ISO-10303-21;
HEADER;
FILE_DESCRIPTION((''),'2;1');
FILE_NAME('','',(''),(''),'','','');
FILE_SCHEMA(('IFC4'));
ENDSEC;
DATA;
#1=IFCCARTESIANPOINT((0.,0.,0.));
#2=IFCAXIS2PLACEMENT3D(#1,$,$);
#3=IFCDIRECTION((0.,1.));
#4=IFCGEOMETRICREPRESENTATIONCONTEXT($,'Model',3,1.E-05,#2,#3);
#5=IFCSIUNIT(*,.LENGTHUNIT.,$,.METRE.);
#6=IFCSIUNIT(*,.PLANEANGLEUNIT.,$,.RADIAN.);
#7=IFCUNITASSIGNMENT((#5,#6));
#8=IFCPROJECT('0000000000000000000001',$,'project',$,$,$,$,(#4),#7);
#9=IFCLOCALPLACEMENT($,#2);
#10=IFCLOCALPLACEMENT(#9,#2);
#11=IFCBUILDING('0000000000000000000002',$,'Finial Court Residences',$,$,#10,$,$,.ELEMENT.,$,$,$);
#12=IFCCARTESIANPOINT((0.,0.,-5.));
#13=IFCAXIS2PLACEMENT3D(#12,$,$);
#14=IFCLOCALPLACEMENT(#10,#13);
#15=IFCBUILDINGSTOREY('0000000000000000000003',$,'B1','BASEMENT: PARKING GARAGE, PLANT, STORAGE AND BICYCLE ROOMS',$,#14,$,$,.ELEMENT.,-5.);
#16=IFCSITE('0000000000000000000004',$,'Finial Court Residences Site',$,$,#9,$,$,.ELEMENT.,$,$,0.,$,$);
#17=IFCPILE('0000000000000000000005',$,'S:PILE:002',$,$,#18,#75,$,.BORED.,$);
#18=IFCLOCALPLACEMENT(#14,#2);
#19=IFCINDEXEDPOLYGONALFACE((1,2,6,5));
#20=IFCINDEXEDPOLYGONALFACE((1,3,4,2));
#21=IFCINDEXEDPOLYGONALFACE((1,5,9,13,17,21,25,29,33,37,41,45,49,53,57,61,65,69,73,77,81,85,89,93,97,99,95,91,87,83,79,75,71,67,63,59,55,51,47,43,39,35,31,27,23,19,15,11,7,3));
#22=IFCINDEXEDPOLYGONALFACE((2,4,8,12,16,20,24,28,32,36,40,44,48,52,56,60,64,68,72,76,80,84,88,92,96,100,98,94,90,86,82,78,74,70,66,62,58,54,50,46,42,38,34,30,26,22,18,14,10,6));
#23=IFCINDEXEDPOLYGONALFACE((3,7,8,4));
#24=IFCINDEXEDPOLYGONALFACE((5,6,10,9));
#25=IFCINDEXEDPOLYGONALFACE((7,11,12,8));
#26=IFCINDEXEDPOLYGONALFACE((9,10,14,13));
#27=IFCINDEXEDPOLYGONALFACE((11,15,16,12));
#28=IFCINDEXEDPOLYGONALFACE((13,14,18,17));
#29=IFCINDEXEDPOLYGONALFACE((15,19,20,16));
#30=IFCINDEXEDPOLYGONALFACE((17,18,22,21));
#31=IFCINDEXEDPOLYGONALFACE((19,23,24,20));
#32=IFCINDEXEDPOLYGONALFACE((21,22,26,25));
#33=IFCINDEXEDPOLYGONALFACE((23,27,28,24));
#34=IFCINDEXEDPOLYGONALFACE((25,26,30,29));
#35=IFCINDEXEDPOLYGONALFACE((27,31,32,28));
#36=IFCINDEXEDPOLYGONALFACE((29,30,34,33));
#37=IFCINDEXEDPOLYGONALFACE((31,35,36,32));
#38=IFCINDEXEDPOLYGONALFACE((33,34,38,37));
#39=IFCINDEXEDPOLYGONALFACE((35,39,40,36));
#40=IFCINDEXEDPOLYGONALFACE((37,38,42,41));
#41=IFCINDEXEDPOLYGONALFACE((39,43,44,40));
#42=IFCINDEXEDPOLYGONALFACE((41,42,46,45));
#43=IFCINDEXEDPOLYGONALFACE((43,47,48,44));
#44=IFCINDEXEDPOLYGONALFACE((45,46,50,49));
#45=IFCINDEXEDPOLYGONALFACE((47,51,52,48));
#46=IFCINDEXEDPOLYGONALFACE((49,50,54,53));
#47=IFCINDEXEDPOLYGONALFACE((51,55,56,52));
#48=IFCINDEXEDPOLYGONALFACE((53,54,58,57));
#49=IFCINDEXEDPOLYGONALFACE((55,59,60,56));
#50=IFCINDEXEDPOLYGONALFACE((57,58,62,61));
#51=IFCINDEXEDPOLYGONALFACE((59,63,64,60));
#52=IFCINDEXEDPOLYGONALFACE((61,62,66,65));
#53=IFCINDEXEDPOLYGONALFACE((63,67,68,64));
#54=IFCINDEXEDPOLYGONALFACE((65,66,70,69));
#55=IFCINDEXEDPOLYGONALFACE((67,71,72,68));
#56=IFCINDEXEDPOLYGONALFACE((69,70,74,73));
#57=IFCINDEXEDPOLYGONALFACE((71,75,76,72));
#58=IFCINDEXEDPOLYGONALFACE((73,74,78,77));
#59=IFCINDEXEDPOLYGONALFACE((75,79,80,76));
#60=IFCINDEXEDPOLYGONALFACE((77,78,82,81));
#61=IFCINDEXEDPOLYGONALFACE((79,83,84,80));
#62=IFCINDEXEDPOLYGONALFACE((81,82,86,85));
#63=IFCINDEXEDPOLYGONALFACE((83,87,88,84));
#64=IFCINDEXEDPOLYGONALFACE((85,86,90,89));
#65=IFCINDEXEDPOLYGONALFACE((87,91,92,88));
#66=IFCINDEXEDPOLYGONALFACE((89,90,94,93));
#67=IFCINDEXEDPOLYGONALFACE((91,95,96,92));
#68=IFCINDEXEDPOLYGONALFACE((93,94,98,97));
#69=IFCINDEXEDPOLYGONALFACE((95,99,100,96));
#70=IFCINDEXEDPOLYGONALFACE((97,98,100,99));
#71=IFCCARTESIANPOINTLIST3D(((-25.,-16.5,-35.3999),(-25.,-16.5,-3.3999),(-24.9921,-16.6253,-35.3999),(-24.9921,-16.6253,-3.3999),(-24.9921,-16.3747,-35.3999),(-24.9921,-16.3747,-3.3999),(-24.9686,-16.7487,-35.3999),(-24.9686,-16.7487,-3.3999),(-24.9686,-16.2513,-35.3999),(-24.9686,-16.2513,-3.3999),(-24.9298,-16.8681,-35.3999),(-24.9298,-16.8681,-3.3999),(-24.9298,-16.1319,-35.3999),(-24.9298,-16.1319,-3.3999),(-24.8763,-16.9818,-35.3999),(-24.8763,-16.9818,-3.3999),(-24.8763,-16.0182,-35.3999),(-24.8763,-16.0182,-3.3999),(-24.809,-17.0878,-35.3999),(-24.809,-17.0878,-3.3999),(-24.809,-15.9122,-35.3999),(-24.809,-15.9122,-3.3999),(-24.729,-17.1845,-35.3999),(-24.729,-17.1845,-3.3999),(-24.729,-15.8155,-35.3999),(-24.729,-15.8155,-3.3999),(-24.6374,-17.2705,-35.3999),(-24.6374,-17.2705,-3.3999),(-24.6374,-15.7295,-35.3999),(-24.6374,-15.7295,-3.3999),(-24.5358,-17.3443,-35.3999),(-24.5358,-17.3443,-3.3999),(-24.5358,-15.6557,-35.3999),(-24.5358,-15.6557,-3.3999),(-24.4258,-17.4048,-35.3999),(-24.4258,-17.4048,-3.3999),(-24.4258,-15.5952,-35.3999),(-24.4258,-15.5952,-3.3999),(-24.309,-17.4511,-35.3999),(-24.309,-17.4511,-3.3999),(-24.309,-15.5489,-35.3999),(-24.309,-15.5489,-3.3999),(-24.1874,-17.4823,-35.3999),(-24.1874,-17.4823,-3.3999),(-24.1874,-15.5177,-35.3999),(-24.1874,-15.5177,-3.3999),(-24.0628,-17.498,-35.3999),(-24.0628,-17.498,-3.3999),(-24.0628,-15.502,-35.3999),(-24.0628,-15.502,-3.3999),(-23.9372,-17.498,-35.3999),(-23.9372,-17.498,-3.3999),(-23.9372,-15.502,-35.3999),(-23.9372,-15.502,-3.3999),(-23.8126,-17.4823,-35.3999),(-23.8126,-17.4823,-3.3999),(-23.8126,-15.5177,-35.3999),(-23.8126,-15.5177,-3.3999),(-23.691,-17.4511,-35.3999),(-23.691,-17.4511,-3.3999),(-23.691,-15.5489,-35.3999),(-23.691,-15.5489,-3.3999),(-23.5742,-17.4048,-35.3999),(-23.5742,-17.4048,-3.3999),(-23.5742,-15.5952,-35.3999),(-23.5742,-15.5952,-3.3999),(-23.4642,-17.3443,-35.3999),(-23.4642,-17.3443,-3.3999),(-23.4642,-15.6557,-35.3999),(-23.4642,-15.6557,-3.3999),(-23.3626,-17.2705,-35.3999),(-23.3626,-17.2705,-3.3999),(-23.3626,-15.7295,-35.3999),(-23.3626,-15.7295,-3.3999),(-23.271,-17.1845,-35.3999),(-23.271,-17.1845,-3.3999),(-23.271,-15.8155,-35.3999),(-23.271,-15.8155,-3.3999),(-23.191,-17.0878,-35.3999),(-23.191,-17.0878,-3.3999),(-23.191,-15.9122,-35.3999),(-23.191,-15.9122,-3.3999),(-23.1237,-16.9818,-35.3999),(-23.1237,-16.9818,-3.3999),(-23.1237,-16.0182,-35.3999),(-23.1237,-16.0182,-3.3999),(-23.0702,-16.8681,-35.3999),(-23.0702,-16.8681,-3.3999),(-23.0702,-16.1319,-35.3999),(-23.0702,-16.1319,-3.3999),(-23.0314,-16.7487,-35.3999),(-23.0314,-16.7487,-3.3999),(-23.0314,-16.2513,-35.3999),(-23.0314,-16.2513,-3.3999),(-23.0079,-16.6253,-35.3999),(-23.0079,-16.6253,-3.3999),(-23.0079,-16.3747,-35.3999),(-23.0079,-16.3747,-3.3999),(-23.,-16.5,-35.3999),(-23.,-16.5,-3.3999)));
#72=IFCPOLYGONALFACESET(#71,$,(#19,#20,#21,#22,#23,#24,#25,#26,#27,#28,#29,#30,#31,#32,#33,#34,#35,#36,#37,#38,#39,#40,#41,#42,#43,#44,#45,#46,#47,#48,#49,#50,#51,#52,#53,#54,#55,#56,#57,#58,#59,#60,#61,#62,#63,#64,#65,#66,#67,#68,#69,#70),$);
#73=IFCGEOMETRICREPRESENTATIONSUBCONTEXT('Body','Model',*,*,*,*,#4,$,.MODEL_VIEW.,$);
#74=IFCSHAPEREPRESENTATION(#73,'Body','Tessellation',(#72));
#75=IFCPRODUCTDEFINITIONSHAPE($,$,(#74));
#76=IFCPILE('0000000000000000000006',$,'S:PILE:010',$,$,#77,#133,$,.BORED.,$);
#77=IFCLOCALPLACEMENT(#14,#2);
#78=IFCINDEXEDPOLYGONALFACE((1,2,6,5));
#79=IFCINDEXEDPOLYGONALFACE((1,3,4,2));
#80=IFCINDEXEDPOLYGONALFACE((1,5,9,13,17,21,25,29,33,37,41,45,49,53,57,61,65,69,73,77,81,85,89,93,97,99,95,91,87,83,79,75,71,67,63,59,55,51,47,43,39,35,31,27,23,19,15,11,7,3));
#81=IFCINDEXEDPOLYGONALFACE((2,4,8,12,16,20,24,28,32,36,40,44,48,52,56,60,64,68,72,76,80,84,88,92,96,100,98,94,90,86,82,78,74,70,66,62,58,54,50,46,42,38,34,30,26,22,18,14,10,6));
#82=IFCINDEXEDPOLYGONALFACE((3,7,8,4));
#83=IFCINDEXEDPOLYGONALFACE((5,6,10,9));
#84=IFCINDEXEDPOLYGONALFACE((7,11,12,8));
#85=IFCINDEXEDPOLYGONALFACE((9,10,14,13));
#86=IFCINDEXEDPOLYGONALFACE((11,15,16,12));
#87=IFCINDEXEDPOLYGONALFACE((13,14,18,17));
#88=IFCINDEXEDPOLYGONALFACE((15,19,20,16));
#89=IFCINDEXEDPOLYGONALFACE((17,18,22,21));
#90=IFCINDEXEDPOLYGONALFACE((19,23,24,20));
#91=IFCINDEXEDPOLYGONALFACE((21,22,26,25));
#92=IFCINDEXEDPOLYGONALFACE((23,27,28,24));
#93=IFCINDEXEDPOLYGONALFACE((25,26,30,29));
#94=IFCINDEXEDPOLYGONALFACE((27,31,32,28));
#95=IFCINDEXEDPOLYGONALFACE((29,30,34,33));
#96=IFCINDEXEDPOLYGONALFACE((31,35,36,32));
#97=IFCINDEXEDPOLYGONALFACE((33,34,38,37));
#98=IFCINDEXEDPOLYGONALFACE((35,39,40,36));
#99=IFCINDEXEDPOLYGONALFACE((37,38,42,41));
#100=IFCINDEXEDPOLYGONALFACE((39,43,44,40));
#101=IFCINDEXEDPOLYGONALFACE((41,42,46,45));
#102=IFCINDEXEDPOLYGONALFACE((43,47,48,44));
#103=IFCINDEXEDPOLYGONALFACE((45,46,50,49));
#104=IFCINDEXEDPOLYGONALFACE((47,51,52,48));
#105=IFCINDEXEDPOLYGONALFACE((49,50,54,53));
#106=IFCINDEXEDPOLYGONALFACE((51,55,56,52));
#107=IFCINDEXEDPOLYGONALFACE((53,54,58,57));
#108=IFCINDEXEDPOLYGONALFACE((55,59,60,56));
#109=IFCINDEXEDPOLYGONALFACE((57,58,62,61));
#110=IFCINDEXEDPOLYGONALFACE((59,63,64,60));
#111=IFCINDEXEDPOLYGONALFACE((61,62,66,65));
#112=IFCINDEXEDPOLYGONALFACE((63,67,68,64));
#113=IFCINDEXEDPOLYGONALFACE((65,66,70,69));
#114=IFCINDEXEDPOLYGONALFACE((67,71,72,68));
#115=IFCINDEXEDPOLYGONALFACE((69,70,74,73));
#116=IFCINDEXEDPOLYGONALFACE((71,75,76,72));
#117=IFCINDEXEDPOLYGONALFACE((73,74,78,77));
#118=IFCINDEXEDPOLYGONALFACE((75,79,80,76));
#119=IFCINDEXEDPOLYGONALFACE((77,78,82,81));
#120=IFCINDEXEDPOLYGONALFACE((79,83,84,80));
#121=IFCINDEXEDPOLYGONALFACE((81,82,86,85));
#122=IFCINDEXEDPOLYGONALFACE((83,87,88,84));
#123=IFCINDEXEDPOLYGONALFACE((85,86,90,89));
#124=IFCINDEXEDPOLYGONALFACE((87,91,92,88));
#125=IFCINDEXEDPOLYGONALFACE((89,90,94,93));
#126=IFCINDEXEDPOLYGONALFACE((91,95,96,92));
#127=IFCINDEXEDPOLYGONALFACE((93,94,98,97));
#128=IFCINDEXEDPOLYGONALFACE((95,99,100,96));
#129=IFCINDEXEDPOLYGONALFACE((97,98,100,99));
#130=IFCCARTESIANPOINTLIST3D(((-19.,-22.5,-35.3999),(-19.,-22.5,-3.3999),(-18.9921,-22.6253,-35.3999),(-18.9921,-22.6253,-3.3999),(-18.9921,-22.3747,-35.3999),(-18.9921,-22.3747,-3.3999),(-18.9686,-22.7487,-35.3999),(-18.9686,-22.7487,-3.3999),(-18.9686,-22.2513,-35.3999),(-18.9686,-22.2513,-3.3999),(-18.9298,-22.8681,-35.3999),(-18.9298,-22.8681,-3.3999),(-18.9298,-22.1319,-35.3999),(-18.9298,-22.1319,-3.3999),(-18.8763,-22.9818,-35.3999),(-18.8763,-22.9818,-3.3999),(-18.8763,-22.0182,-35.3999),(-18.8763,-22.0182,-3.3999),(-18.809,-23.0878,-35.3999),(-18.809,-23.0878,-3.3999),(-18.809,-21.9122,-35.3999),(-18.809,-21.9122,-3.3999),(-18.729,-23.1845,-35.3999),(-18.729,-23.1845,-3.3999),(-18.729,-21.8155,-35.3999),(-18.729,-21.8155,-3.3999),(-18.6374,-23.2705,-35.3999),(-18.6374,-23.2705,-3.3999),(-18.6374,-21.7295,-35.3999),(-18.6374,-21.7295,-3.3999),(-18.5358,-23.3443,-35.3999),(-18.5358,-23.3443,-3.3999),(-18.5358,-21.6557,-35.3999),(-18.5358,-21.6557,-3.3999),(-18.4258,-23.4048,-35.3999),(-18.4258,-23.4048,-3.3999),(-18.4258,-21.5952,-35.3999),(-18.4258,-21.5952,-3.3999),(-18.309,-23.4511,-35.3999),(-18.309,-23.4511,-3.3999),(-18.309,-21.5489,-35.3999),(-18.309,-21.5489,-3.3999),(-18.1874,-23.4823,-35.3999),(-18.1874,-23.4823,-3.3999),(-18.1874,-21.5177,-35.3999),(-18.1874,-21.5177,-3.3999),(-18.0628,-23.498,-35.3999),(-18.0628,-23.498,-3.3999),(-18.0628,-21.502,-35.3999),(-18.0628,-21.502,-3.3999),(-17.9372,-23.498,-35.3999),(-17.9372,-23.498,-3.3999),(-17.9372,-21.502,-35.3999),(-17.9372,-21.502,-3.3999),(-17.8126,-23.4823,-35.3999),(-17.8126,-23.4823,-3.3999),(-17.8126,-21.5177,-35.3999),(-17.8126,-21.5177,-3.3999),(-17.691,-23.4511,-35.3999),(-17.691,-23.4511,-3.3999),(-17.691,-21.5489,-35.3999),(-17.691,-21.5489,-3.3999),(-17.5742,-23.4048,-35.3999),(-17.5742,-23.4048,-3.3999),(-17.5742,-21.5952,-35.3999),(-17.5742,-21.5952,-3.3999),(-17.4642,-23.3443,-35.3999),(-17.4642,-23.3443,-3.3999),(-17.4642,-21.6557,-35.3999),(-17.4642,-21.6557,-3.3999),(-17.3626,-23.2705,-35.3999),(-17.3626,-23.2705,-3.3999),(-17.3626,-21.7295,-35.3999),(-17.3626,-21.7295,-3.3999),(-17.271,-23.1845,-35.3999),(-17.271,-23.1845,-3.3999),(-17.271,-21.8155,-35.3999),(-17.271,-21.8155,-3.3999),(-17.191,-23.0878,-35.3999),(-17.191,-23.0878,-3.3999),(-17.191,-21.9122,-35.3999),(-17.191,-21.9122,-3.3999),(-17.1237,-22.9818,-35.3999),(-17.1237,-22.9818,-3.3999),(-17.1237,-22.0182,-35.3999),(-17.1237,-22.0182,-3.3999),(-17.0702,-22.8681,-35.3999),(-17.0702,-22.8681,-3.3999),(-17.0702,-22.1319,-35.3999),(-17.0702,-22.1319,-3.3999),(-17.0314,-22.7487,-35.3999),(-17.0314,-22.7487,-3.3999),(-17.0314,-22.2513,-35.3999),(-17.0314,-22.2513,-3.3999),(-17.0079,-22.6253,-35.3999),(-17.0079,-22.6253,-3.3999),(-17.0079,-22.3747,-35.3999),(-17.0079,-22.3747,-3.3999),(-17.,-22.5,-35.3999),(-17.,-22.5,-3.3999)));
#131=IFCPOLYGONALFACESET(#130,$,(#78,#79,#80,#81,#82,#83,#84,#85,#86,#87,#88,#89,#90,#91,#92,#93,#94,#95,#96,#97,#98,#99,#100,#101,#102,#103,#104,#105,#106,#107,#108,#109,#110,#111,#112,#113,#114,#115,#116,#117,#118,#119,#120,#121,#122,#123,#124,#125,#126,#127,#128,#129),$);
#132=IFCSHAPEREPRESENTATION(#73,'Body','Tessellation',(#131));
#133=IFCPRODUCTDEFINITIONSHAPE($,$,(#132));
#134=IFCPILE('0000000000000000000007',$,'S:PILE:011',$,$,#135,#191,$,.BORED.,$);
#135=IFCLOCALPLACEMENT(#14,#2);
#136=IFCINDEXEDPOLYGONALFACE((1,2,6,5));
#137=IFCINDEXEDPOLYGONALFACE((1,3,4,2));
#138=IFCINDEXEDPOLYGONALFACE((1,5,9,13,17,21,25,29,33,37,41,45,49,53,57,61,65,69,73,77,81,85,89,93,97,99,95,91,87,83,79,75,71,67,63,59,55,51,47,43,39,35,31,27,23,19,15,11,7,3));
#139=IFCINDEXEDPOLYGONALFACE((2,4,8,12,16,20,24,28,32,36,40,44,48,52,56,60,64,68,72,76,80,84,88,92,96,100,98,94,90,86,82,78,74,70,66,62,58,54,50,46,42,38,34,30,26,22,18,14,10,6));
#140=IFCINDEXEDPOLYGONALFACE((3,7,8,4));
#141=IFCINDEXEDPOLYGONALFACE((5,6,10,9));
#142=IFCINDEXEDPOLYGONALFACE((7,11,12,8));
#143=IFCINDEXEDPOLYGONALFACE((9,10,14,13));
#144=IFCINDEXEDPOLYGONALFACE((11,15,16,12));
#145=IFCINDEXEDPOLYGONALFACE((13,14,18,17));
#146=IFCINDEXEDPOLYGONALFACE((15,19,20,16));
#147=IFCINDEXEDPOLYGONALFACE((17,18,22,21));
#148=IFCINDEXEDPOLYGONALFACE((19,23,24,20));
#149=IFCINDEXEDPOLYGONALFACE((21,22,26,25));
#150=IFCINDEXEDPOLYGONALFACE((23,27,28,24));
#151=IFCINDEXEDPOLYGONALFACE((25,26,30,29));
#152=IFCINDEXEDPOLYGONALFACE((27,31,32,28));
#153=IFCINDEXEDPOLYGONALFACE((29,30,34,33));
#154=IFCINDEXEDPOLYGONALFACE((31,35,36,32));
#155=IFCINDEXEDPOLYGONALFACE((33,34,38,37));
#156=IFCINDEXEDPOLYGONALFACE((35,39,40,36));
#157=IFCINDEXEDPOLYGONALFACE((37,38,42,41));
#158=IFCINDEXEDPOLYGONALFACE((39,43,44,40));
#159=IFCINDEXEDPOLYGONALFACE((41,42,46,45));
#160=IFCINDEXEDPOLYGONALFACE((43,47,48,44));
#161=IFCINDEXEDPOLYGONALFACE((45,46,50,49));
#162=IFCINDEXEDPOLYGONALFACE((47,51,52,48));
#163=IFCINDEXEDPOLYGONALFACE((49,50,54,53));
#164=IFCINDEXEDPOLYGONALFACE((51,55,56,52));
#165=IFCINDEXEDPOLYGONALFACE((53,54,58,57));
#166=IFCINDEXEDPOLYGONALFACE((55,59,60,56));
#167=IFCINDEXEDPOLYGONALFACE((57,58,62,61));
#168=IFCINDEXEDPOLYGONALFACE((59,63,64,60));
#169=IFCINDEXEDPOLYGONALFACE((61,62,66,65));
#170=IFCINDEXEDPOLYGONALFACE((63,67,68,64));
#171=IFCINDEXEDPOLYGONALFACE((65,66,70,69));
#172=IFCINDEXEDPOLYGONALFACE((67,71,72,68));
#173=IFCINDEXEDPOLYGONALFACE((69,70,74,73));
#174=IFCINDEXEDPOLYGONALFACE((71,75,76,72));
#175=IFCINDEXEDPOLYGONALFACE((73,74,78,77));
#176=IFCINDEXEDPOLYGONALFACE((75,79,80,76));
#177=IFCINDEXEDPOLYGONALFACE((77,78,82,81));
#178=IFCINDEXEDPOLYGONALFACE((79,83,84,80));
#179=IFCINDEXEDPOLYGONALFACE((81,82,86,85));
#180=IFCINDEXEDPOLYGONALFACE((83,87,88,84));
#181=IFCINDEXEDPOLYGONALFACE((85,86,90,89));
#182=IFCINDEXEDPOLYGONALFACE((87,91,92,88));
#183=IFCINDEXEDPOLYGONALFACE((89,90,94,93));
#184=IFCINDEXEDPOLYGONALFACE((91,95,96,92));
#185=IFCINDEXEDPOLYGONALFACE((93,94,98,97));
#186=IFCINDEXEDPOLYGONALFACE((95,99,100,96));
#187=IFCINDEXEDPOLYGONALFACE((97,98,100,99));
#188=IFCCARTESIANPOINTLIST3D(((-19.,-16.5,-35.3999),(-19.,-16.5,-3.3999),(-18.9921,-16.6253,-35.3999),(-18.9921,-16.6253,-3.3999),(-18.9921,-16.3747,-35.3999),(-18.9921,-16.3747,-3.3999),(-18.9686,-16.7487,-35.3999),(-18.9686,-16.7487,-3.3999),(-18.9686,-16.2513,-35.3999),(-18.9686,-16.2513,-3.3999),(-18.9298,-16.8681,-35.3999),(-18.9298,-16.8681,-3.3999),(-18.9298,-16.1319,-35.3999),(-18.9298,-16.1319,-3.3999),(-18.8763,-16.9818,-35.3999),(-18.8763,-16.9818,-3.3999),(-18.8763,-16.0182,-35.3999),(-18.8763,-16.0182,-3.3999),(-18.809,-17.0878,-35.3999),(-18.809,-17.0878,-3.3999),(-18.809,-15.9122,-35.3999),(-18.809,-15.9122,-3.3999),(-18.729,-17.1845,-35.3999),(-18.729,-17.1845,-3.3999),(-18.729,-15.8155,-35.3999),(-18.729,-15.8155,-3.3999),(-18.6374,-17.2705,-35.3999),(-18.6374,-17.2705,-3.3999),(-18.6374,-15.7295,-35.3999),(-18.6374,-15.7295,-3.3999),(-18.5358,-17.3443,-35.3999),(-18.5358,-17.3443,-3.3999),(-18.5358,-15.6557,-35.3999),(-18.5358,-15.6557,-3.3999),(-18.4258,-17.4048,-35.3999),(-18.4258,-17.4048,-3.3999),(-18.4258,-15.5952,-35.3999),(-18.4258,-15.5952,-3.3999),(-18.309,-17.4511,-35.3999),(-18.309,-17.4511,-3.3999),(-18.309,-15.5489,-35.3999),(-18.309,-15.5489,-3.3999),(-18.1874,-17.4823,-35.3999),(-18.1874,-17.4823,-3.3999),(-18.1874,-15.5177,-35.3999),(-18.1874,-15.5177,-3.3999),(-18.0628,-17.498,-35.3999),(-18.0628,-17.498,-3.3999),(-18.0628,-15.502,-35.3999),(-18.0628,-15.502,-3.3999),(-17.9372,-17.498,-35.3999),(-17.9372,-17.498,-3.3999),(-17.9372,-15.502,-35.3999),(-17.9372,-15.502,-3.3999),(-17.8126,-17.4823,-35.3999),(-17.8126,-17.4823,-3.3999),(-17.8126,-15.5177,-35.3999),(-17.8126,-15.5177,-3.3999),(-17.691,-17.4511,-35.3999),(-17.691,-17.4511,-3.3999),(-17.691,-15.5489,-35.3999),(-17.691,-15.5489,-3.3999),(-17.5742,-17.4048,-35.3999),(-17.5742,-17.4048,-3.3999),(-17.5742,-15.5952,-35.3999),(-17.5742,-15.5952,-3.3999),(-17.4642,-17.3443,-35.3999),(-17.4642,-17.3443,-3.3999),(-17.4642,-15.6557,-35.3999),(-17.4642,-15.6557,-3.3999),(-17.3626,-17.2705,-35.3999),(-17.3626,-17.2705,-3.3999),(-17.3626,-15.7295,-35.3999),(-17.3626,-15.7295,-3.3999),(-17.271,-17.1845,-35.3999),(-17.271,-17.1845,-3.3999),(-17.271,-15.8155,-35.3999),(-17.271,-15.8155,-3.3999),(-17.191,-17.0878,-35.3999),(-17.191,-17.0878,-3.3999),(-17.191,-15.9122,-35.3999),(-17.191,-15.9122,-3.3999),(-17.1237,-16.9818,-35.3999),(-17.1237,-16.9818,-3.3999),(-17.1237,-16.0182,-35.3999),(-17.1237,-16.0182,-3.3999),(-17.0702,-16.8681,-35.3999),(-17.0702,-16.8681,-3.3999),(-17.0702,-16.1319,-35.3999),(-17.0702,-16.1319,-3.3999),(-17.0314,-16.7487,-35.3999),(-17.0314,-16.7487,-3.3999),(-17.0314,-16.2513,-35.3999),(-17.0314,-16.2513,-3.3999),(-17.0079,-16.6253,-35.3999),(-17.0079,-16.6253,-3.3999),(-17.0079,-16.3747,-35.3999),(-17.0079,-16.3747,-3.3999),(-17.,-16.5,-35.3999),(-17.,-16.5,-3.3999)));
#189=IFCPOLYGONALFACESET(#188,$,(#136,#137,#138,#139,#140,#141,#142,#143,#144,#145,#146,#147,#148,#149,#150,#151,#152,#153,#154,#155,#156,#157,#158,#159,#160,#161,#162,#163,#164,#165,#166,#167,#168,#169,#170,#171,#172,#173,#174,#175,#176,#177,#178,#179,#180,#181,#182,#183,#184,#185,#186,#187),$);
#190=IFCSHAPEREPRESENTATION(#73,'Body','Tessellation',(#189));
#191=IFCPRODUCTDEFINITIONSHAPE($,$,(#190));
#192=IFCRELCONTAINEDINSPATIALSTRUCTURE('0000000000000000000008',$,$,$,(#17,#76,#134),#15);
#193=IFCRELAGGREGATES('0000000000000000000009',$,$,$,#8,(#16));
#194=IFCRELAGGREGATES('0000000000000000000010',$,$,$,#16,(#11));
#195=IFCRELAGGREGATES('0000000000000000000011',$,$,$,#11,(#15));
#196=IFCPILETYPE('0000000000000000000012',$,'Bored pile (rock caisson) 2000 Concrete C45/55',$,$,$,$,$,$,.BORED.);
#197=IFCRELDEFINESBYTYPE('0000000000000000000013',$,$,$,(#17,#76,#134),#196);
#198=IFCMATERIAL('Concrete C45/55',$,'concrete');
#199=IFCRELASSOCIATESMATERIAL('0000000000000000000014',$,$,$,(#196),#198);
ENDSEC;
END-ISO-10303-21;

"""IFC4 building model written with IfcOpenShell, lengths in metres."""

from ifc_helpers import new_model, si_unit, direction, frame, origin, origin_2d, place, context, subcontext, project, spatial, circle, extrude, material, material_profile, profile_set, type_object, element, save


model = new_model("IFC4")

# Units and contexts
model_context = context("Model", 3, precision=1e-05, world=origin(), true_north=direction((0.0, 1.0)))
body_context = subcontext(model_context, "Body", "Model", "MODEL_VIEW")
ifc_project = project(units=[si_unit("LENGTHUNIT", "METRE"), si_unit("PLANEANGLEUNIT", "RADIAN")], contexts=[model_context])

# Site, building, storey
site_placement = place(None, origin())
site = spatial("IfcSite", under=ifc_project, at=site_placement, Name="Finial Court Residences Site", CompositionType="ELEMENT", RefElevation=0.0)
building_placement = place(site_placement, origin())
building = spatial("IfcBuilding", under=site, at=building_placement, Name="Finial Court Residences", CompositionType="ELEMENT")
storey_placement = place(building_placement, frame((0.0, 0.0, -5.0)))
storey = spatial("IfcBuildingStorey", under=building, at=storey_placement, Name="B1", Description="BASEMENT: PARKING GARAGE, PLANT, STORAGE AND BICYCLE ROOMS", CompositionType="ELEMENT", Elevation=-5.0)

# Piles
ifc_material_1 = material(Name="Concrete C45/55", Category="concrete")
ifc_material_profile_1 = material_profile(ifc_material_1, circle(Radius=1.0, at=origin_2d()), Name="D2000")
ifc_profile_set_1 = profile_set([ifc_material_profile_1], Name="Concrete C45/55")
pile_type = type_object("IfcPileType", Name="Bored pile (rock caisson) 2000 Concrete C45/55", PredefinedType="BORED", material=ifc_profile_set_1)
for number, where, z_axis, x_axis, name in (
    (1, (-24.0, -16.5, -3.3999), (0.0, 0.0, -1.0), (1.0, 0.0, 0.0), "S:PILE:002"),
    (2, (-18.0, -22.5, -3.3999), (0.0, 0.0, -1.0), (1.0, 0.0, 0.0), "S:PILE:010"),
    (3, (-18.0, -16.5, -3.3999), (0.0, 0.0, -1.0), (1.0, 0.0, 0.0), "S:PILE:011"),
):
    element("IfcPile", number, at=place(storey_placement, frame(where, z_axis=z_axis, x_axis=x_axis)), inside=storey, type_object=pile_type, Name=name, PredefinedType="BORED", context=body_context, shape_type="SweptSolid", body=[
        extrude(circle(Radius=1.0, at=origin_2d()), origin(), (0.0, 0.0, 1.0), 32.0),
    ])

save(model, "model.ifc")
